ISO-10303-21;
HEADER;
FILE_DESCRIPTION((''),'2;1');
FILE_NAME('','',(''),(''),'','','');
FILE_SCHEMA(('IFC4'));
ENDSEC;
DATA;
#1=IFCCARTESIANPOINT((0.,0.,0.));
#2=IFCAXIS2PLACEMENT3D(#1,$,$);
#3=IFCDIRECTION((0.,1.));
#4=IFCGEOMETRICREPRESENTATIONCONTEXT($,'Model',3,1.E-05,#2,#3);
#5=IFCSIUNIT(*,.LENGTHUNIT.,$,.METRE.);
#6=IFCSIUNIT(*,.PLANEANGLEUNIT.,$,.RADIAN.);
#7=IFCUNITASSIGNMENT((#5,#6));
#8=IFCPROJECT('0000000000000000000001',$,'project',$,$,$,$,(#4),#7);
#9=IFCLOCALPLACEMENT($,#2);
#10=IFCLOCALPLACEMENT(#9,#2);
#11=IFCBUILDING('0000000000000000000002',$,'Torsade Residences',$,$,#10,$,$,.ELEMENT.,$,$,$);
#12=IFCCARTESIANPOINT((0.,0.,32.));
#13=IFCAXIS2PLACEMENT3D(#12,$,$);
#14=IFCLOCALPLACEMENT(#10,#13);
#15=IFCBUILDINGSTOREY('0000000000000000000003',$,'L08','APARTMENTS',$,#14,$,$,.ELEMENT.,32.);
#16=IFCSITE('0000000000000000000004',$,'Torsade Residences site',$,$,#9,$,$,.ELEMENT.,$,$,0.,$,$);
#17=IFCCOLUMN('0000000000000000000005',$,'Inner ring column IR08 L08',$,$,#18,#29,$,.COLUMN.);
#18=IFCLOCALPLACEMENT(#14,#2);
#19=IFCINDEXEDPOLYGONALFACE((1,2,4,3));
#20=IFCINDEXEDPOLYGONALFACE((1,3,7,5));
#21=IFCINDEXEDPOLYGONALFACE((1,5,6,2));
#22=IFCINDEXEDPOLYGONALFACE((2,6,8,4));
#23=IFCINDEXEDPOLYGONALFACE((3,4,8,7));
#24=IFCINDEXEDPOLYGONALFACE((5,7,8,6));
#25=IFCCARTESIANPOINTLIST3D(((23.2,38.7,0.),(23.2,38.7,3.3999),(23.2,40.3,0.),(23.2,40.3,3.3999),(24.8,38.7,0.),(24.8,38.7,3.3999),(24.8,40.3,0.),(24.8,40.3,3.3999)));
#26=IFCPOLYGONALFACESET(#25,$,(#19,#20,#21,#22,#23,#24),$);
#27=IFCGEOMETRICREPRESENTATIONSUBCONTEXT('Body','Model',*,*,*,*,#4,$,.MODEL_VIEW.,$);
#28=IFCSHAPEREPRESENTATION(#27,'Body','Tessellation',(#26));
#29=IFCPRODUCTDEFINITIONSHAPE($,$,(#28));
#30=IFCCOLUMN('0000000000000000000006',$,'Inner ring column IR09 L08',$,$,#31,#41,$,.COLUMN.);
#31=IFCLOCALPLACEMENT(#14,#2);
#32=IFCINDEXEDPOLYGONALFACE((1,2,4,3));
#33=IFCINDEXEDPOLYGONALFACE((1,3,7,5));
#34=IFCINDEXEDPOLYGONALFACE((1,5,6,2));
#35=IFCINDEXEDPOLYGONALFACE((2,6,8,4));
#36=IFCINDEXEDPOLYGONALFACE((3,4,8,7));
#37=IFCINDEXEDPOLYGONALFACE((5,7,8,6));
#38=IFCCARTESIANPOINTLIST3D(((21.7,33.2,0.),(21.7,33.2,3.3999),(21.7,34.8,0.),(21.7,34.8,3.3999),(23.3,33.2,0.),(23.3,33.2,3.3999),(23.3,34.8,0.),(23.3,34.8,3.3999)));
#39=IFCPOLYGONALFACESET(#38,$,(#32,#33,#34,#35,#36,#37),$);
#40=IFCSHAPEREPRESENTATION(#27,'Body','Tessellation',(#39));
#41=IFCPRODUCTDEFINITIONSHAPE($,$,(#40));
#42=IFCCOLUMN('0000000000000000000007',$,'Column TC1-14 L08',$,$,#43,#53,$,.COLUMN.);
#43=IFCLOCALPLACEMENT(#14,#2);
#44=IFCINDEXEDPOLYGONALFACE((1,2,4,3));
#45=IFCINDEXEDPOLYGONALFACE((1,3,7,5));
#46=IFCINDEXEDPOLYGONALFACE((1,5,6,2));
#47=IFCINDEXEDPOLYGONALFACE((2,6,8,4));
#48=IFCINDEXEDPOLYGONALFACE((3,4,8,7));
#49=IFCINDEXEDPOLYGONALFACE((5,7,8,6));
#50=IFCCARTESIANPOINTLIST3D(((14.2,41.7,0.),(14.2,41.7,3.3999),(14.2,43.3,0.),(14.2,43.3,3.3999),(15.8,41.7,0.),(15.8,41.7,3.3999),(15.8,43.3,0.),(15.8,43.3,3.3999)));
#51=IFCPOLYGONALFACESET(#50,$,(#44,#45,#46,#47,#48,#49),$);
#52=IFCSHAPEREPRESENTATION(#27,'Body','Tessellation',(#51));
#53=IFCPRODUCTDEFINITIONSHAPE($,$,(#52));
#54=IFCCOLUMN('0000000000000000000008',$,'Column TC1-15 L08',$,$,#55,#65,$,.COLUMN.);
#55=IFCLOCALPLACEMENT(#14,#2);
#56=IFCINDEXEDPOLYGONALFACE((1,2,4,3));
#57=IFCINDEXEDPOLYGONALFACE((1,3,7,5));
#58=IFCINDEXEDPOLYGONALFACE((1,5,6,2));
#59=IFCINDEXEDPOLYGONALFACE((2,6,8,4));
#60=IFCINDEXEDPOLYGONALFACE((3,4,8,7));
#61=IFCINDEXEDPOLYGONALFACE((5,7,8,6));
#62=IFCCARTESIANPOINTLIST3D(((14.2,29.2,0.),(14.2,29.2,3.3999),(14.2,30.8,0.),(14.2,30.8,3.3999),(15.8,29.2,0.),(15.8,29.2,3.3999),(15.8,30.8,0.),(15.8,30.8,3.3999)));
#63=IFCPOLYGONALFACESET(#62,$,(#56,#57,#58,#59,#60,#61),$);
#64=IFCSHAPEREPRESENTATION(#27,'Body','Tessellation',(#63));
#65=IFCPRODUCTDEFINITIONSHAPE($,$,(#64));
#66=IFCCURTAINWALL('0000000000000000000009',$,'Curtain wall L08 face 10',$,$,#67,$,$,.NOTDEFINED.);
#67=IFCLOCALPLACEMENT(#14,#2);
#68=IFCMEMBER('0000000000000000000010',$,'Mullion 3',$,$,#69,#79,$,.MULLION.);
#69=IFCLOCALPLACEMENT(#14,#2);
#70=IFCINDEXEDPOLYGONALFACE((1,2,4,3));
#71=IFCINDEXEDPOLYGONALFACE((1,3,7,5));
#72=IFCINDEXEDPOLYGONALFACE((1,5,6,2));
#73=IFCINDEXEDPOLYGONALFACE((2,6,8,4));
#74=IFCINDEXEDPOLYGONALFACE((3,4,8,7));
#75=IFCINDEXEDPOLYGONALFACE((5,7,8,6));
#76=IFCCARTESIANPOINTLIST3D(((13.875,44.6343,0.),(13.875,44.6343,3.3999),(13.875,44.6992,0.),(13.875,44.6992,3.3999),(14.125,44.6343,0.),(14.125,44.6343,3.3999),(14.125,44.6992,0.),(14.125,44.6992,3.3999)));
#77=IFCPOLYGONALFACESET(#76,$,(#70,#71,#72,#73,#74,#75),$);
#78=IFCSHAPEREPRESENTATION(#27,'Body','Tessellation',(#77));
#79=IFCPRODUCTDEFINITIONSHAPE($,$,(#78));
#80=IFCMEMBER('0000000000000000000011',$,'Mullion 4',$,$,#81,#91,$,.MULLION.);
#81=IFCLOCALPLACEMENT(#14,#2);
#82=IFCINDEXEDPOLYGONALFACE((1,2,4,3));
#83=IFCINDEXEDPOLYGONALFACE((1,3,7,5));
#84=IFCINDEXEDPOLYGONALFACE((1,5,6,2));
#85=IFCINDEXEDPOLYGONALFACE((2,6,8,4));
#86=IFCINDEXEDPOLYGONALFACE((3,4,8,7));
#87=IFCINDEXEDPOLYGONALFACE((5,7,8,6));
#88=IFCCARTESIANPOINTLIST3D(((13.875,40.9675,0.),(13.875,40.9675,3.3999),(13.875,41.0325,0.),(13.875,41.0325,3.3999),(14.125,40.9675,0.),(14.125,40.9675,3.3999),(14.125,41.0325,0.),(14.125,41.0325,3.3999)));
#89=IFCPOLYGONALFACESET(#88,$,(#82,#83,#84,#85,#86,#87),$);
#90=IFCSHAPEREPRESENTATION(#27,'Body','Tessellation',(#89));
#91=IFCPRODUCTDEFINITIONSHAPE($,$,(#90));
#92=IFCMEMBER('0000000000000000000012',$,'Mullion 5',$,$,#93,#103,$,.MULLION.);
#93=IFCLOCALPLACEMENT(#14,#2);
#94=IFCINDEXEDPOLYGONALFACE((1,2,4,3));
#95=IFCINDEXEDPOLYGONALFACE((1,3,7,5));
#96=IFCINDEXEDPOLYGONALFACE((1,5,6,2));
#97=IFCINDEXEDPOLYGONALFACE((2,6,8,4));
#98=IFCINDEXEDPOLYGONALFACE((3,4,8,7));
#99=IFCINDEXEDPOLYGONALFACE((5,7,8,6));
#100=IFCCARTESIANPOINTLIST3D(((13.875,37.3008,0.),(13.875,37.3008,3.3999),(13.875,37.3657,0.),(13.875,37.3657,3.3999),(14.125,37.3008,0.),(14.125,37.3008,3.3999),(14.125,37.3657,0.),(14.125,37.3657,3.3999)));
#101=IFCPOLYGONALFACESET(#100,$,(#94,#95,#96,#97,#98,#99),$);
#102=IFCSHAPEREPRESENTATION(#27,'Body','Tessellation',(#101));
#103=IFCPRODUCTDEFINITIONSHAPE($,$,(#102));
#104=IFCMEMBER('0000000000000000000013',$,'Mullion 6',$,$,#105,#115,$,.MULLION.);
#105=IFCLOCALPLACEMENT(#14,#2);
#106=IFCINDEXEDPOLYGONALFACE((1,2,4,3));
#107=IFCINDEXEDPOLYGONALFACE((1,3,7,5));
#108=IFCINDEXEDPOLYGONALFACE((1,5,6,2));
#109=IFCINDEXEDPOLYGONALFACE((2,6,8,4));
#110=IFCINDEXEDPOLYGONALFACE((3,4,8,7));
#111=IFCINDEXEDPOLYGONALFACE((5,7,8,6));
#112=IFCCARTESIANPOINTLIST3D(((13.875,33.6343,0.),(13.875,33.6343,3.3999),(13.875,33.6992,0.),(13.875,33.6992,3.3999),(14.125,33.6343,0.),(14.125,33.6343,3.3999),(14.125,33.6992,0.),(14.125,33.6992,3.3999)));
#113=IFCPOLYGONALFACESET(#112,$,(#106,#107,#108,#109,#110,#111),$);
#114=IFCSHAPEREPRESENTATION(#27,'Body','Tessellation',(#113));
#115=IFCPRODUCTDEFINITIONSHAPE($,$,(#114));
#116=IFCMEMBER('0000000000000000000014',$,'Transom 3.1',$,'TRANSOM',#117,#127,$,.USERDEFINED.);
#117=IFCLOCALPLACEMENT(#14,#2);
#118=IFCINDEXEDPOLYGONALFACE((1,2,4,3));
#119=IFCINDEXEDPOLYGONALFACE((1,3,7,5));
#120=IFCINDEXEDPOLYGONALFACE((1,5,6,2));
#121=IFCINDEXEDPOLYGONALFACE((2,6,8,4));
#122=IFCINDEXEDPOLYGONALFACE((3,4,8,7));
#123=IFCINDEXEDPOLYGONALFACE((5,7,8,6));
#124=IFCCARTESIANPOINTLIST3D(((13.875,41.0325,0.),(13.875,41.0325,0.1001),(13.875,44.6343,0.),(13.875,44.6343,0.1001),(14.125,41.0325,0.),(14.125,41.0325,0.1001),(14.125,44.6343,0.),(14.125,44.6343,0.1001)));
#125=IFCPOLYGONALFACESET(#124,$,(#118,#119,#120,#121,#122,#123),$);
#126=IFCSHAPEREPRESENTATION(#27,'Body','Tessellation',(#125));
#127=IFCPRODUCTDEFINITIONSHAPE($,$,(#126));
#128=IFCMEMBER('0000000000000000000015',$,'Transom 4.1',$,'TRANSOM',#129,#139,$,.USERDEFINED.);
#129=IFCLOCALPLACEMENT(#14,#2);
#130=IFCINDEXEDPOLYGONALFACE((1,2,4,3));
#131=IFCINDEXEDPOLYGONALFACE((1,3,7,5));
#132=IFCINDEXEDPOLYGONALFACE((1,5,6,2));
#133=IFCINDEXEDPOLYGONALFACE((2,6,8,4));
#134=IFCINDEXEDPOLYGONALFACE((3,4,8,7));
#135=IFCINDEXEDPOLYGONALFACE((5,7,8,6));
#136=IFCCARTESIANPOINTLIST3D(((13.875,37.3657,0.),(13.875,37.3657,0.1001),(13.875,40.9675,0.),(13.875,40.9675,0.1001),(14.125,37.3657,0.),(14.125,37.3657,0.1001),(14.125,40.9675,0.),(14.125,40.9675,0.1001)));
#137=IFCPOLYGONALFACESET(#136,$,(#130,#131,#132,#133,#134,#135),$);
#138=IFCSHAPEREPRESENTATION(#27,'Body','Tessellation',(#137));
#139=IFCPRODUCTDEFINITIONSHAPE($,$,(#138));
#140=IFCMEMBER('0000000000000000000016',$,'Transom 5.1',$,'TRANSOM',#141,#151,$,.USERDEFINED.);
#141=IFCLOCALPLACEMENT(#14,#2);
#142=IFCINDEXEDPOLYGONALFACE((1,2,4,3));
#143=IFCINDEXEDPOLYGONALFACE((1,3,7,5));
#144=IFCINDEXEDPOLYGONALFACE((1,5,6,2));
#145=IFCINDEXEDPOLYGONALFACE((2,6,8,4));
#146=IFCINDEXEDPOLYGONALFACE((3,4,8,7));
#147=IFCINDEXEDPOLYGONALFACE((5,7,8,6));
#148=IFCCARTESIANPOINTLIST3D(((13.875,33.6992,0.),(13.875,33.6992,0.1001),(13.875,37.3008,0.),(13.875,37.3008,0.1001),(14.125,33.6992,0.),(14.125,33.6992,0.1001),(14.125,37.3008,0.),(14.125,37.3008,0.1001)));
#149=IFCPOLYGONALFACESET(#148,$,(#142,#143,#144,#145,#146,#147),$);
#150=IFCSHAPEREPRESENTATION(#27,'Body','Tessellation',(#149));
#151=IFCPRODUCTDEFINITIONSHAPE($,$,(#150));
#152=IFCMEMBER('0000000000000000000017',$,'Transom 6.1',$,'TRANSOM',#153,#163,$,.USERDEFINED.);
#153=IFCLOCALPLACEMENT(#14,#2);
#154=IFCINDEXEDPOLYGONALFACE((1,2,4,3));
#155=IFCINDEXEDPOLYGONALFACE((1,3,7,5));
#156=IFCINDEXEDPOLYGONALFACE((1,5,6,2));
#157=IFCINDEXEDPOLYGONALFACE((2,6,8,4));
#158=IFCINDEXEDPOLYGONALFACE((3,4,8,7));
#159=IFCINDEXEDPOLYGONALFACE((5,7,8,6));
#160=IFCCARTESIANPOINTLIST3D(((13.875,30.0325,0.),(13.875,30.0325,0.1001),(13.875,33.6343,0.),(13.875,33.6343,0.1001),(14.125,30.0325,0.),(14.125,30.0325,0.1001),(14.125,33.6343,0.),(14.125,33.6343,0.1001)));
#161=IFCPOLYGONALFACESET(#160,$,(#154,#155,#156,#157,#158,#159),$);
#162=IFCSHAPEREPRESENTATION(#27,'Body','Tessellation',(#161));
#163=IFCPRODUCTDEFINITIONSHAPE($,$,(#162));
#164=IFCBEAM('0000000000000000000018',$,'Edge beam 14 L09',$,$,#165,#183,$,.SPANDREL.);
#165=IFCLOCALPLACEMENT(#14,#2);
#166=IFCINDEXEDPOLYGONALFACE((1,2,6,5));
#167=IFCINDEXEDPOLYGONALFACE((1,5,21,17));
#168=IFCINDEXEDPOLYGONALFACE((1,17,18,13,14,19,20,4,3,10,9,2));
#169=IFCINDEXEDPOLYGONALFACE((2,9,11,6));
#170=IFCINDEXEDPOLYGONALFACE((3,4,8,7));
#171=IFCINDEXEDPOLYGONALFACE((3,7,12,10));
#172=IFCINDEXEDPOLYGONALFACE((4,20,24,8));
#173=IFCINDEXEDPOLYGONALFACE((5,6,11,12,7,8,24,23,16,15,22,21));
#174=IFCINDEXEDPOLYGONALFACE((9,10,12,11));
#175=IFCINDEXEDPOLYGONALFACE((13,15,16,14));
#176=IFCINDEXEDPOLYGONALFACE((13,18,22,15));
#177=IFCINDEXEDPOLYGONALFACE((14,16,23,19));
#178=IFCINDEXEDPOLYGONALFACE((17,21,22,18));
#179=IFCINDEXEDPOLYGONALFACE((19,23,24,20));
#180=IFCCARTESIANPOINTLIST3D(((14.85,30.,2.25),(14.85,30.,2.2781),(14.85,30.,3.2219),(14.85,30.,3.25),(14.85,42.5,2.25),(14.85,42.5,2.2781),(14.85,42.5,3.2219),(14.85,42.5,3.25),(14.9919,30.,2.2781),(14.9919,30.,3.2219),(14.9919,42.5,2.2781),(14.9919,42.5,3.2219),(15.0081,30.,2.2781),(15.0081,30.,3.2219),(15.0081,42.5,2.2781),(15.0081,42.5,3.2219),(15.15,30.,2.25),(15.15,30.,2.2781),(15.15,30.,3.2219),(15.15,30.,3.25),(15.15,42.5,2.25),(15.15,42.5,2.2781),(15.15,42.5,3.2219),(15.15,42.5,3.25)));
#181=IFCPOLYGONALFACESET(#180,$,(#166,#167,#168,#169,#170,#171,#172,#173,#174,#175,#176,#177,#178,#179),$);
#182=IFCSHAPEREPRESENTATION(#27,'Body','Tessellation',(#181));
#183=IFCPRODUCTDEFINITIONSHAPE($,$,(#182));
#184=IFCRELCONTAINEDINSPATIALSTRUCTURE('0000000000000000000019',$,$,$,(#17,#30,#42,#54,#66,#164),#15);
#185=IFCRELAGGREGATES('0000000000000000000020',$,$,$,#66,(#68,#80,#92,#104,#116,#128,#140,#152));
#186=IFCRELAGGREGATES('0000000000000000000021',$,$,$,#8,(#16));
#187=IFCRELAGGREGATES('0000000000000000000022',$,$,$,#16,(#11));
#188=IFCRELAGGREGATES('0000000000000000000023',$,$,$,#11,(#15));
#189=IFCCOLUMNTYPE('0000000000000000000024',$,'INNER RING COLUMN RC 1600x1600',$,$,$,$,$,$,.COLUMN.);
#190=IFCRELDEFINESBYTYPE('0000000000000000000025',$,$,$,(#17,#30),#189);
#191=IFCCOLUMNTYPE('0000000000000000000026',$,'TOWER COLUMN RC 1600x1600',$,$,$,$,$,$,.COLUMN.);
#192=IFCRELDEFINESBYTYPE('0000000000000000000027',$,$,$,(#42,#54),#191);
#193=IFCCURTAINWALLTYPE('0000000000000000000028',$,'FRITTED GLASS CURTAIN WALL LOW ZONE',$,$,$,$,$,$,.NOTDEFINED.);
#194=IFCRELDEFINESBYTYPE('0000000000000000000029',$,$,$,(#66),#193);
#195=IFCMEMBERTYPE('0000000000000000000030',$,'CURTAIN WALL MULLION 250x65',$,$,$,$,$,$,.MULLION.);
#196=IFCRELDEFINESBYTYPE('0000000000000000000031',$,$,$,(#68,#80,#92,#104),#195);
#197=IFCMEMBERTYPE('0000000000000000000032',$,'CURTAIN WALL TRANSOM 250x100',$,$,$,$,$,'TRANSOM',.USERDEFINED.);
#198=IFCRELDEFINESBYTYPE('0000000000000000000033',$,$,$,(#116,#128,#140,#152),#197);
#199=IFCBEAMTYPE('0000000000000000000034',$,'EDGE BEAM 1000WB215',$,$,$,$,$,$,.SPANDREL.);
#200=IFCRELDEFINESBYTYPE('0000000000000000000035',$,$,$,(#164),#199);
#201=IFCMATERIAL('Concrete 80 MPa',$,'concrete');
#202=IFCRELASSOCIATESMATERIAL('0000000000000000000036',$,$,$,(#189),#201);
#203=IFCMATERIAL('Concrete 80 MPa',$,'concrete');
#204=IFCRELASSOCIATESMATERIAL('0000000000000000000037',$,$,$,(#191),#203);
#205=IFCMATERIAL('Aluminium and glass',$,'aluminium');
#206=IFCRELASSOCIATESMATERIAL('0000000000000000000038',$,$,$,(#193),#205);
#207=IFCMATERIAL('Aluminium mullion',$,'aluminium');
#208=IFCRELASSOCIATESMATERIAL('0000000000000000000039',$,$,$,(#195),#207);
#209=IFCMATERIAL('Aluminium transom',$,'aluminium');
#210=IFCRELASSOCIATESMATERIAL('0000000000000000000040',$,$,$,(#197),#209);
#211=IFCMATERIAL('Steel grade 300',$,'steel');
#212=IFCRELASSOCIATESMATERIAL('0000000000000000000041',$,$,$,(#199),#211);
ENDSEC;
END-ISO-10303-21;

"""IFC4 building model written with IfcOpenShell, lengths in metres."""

from ifc_helpers import new_model, si_unit, direction, frame, origin, origin_2d, place, context, subcontext, project, spatial, rectangle, i_section, extrude, material, material_profile, profile_set, type_object, element, aggregate, save


model = new_model("IFC4")

# Units and contexts
model_context = context("Model", 3, precision=1e-05, world=origin(), true_north=direction((0.0, 1.0)))
body_context = subcontext(model_context, "Body", "Model", "MODEL_VIEW")
ifc_project = project(units=[si_unit("LENGTHUNIT", "METRE"), si_unit("PLANEANGLEUNIT", "RADIAN")], contexts=[model_context])

# Site, building, storey
site_placement = place(None, origin())
site = spatial("IfcSite", under=ifc_project, at=site_placement, Name="Torsade Residences site", CompositionType="ELEMENT", RefElevation=0.0)
building_placement = place(site_placement, origin())
building = spatial("IfcBuilding", under=site, at=building_placement, Name="Torsade Residences", CompositionType="ELEMENT")
storey_placement = place(building_placement, frame((0.0, 0.0, 32.0)))
storey = spatial("IfcBuildingStorey", under=building, at=storey_placement, Name="L08", Description="APARTMENTS", CompositionType="ELEMENT", Elevation=32.0)

# Columns
ifc_material_1 = material(Name="Concrete 80 MPa", Category="concrete")
ifc_material_profile_1 = material_profile(ifc_material_1, rectangle(XDim=1.6001, YDim=1.6001, at=origin_2d()), Name="RC 1600x1600")
ifc_profile_set_1 = profile_set([ifc_material_profile_1], Name="Concrete 80 MPa")
column_type_1 = type_object("IfcColumnType", Name="INNER RING COLUMN RC 1600x1600", PredefinedType="COLUMN", material=ifc_profile_set_1)
for number, where, z_axis, x_axis, name in (
    (1, (24.0, 39.5, 0.0), (0.0, 0.0, 1.0), (1.0, 0.0, 0.0), "Inner ring column IR08 L08"),
    (2, (22.5, 34.0, 0.0), (0.0, 0.0, 1.0), (1.0, 0.0, 0.0), "Inner ring column IR09 L08"),
):
    element("IfcColumn", number, at=place(storey_placement, frame(where, z_axis=z_axis, x_axis=x_axis)), inside=storey, type_object=column_type_1, Name=name, PredefinedType="COLUMN", context=body_context, shape_type="SweptSolid", body=[
        extrude(rectangle(XDim=1.6001, YDim=1.6001, at=origin_2d()), origin(), (0.0, 0.0, 1.0), 3.3999),
    ])
ifc_material_2 = material(Name="Concrete 80 MPa", Category="concrete")
ifc_material_profile_2 = material_profile(ifc_material_2, rectangle(XDim=1.6001, YDim=1.6001, at=origin_2d()), Name="RC 1600x1600")
ifc_profile_set_2 = profile_set([ifc_material_profile_2], Name="Concrete 80 MPa")
column_type_2 = type_object("IfcColumnType", Name="TOWER COLUMN RC 1600x1600", PredefinedType="COLUMN", material=ifc_profile_set_2)
for number, where, z_axis, x_axis, name in (
    (3, (15.0, 42.5, 0.0), (0.0, 0.0, 1.0), (1.0, 0.0, 0.0), "Column TC1-14 L08"),
    (4, (15.0, 30.0, 0.0), (0.0, 0.0, 1.0), (1.0, 0.0, 0.0), "Column TC1-15 L08"),
):
    element("IfcColumn", number, at=place(storey_placement, frame(where, z_axis=z_axis, x_axis=x_axis)), inside=storey, type_object=column_type_2, Name=name, PredefinedType="COLUMN", context=body_context, shape_type="SweptSolid", body=[
        extrude(rectangle(XDim=1.6001, YDim=1.6001, at=origin_2d()), origin(), (0.0, 0.0, 1.0), 3.3999),
    ])

# Curtain wall, members
ifc_material_3 = material(Name="Aluminium and glass", Category="aluminium")
curtain_wall_type = type_object("IfcCurtainWallType", Name="FRITTED GLASS CURTAIN WALL LOW ZONE", PredefinedType="NOTDEFINED", material=ifc_material_3)
curtain_wall_placement = place(storey_placement, origin())
curtain_wall = element("IfcCurtainWall", 5, at=curtain_wall_placement, inside=storey, type_object=curtain_wall_type, Name="Curtain wall L08 face 10", PredefinedType="NOTDEFINED")
ifc_material_4 = material(Name="Aluminium mullion", Category="aluminium")
ifc_material_profile_3 = material_profile(ifc_material_4, rectangle(XDim=0.25, YDim=0.0649, at=origin_2d()), Name="CURTAIN WALL MULLION 250x65")
ifc_profile_set_3 = profile_set([ifc_material_profile_3], Name="Aluminium mullion")
member_type_1 = type_object("IfcMemberType", Name="CURTAIN WALL MULLION 250x65", PredefinedType="MULLION", material=ifc_profile_set_3)
member_1_placement = place(storey_placement, frame((14.0, 44.6667, 0.0), z_axis=(0.0, 0.0, 1.0), x_axis=(1.0, 0.0, 0.0)))
member_1 = element("IfcMember", 6, at=member_1_placement, type_object=member_type_1, Name="Mullion 3", PredefinedType="MULLION", context=body_context, shape_type="SweptSolid", body=[
    extrude(rectangle(XDim=0.25, YDim=0.0649, at=origin_2d()), origin(), (0.0, 0.0, 1.0), 3.3999),
])
member_2_placement = place(storey_placement, frame((14.0, 41.0, 0.0), z_axis=(0.0, 0.0, 1.0), x_axis=(1.0, 0.0, 0.0)))
member_2 = element("IfcMember", 7, at=member_2_placement, type_object=member_type_1, Name="Mullion 4", PredefinedType="MULLION", context=body_context, shape_type="SweptSolid", body=[
    extrude(rectangle(XDim=0.25, YDim=0.0649, at=origin_2d()), origin(), (0.0, 0.0, 1.0), 3.3999),
])
member_3_placement = place(storey_placement, frame((14.0, 37.3333, 0.0), z_axis=(0.0, 0.0, 1.0), x_axis=(1.0, 0.0, 0.0)))
member_3 = element("IfcMember", 8, at=member_3_placement, type_object=member_type_1, Name="Mullion 5", PredefinedType="MULLION", context=body_context, shape_type="SweptSolid", body=[
    extrude(rectangle(XDim=0.25, YDim=0.0649, at=origin_2d()), origin(), (0.0, 0.0, 1.0), 3.3999),
])
member_4_placement = place(storey_placement, frame((14.0, 33.6667, 0.0), z_axis=(0.0, 0.0, 1.0), x_axis=(1.0, 0.0, 0.0)))
member_4 = element("IfcMember", 9, at=member_4_placement, type_object=member_type_1, Name="Mullion 6", PredefinedType="MULLION", context=body_context, shape_type="SweptSolid", body=[
    extrude(rectangle(XDim=0.25, YDim=0.0649, at=origin_2d()), origin(), (0.0, 0.0, 1.0), 3.3999),
])
ifc_material_5 = material(Name="Aluminium transom", Category="aluminium")
ifc_material_profile_4 = material_profile(ifc_material_5, rectangle(XDim=0.25, YDim=0.1001, at=origin_2d()), Name="CURTAIN WALL TRANSOM 250x100")
ifc_profile_set_4 = profile_set([ifc_material_profile_4], Name="Aluminium transom")
member_type_2 = type_object("IfcMemberType", Name="CURTAIN WALL TRANSOM 250x100", ElementType="TRANSOM", PredefinedType="USERDEFINED", material=ifc_profile_set_4)
member_5_placement = place(storey_placement, frame((14.0, 44.6343, 0.05), z_axis=(0.0, -1.0, 0.0), x_axis=(1.0, 0.0, 0.0)))
member_5 = element("IfcMember", 10, at=member_5_placement, type_object=member_type_2, Name="Transom 3.1", ObjectType="TRANSOM", PredefinedType="USERDEFINED", context=body_context, shape_type="SweptSolid", body=[
    extrude(rectangle(XDim=0.25, YDim=0.1001, at=origin_2d()), origin(), (0.0, 0.0, 1.0), 3.6018),
])
member_6_placement = place(storey_placement, frame((14.0, 40.9675, 0.05), z_axis=(0.0, -1.0, 0.0), x_axis=(1.0, 0.0, 0.0)))
member_6 = element("IfcMember", 11, at=member_6_placement, type_object=member_type_2, Name="Transom 4.1", ObjectType="TRANSOM", PredefinedType="USERDEFINED", context=body_context, shape_type="SweptSolid", body=[
    extrude(rectangle(XDim=0.25, YDim=0.1001, at=origin_2d()), origin(), (0.0, 0.0, 1.0), 3.6018),
])
member_7_placement = place(storey_placement, frame((14.0, 37.3008, 0.05), z_axis=(0.0, -1.0, 0.0), x_axis=(1.0, 0.0, 0.0)))
member_7 = element("IfcMember", 12, at=member_7_placement, type_object=member_type_2, Name="Transom 5.1", ObjectType="TRANSOM", PredefinedType="USERDEFINED", context=body_context, shape_type="SweptSolid", body=[
    extrude(rectangle(XDim=0.25, YDim=0.1001, at=origin_2d()), origin(), (0.0, 0.0, 1.0), 3.6016),
])
member_8_placement = place(storey_placement, frame((14.0, 33.6343, 0.05), z_axis=(0.0, -1.0, 0.0), x_axis=(1.0, 0.0, 0.0)))
member_8 = element("IfcMember", 13, at=member_8_placement, type_object=member_type_2, Name="Transom 6.1", ObjectType="TRANSOM", PredefinedType="USERDEFINED", context=body_context, shape_type="SweptSolid", body=[
    extrude(rectangle(XDim=0.25, YDim=0.1001, at=origin_2d()), origin(), (0.0, 0.0, 1.0), 3.6018),
])

# Beam
ifc_material_6 = material(Name="Steel grade 300", Category="steel")
ifc_material_profile_5 = material_profile(ifc_material_6, i_section(OverallWidth=0.3, OverallDepth=1.0, WebThickness=0.0161, FlangeThickness=0.0281, at=origin_2d()), Name="1000WB215")
ifc_profile_set_5 = profile_set([ifc_material_profile_5], Name="Steel grade 300")
beam_type_1 = type_object("IfcBeamType", Name="EDGE BEAM 1000WB215", PredefinedType="SPANDREL", material=ifc_profile_set_5)
for number, where, z_axis, x_axis, name in (
    (14, (15.0, 42.5, 2.75), (0.0, -1.0, 0.0), (1.0, 0.0, 0.0), "Edge beam 14 L09"),
):
    element("IfcBeam", number, at=place(storey_placement, frame(where, z_axis=z_axis, x_axis=x_axis)), inside=storey, type_object=beam_type_1, Name=name, PredefinedType="SPANDREL", context=body_context, shape_type="SweptSolid", body=[
        extrude(i_section(OverallWidth=0.3, OverallDepth=1.0, WebThickness=0.0161, FlangeThickness=0.0281, at=origin_2d()), origin(), (0.0, 0.0, 1.0), 12.5),
    ])

aggregate(curtain_wall, [member_1, member_2, member_3, member_4, member_5, member_6, member_7, member_8])

save(model, "model.ifc")
